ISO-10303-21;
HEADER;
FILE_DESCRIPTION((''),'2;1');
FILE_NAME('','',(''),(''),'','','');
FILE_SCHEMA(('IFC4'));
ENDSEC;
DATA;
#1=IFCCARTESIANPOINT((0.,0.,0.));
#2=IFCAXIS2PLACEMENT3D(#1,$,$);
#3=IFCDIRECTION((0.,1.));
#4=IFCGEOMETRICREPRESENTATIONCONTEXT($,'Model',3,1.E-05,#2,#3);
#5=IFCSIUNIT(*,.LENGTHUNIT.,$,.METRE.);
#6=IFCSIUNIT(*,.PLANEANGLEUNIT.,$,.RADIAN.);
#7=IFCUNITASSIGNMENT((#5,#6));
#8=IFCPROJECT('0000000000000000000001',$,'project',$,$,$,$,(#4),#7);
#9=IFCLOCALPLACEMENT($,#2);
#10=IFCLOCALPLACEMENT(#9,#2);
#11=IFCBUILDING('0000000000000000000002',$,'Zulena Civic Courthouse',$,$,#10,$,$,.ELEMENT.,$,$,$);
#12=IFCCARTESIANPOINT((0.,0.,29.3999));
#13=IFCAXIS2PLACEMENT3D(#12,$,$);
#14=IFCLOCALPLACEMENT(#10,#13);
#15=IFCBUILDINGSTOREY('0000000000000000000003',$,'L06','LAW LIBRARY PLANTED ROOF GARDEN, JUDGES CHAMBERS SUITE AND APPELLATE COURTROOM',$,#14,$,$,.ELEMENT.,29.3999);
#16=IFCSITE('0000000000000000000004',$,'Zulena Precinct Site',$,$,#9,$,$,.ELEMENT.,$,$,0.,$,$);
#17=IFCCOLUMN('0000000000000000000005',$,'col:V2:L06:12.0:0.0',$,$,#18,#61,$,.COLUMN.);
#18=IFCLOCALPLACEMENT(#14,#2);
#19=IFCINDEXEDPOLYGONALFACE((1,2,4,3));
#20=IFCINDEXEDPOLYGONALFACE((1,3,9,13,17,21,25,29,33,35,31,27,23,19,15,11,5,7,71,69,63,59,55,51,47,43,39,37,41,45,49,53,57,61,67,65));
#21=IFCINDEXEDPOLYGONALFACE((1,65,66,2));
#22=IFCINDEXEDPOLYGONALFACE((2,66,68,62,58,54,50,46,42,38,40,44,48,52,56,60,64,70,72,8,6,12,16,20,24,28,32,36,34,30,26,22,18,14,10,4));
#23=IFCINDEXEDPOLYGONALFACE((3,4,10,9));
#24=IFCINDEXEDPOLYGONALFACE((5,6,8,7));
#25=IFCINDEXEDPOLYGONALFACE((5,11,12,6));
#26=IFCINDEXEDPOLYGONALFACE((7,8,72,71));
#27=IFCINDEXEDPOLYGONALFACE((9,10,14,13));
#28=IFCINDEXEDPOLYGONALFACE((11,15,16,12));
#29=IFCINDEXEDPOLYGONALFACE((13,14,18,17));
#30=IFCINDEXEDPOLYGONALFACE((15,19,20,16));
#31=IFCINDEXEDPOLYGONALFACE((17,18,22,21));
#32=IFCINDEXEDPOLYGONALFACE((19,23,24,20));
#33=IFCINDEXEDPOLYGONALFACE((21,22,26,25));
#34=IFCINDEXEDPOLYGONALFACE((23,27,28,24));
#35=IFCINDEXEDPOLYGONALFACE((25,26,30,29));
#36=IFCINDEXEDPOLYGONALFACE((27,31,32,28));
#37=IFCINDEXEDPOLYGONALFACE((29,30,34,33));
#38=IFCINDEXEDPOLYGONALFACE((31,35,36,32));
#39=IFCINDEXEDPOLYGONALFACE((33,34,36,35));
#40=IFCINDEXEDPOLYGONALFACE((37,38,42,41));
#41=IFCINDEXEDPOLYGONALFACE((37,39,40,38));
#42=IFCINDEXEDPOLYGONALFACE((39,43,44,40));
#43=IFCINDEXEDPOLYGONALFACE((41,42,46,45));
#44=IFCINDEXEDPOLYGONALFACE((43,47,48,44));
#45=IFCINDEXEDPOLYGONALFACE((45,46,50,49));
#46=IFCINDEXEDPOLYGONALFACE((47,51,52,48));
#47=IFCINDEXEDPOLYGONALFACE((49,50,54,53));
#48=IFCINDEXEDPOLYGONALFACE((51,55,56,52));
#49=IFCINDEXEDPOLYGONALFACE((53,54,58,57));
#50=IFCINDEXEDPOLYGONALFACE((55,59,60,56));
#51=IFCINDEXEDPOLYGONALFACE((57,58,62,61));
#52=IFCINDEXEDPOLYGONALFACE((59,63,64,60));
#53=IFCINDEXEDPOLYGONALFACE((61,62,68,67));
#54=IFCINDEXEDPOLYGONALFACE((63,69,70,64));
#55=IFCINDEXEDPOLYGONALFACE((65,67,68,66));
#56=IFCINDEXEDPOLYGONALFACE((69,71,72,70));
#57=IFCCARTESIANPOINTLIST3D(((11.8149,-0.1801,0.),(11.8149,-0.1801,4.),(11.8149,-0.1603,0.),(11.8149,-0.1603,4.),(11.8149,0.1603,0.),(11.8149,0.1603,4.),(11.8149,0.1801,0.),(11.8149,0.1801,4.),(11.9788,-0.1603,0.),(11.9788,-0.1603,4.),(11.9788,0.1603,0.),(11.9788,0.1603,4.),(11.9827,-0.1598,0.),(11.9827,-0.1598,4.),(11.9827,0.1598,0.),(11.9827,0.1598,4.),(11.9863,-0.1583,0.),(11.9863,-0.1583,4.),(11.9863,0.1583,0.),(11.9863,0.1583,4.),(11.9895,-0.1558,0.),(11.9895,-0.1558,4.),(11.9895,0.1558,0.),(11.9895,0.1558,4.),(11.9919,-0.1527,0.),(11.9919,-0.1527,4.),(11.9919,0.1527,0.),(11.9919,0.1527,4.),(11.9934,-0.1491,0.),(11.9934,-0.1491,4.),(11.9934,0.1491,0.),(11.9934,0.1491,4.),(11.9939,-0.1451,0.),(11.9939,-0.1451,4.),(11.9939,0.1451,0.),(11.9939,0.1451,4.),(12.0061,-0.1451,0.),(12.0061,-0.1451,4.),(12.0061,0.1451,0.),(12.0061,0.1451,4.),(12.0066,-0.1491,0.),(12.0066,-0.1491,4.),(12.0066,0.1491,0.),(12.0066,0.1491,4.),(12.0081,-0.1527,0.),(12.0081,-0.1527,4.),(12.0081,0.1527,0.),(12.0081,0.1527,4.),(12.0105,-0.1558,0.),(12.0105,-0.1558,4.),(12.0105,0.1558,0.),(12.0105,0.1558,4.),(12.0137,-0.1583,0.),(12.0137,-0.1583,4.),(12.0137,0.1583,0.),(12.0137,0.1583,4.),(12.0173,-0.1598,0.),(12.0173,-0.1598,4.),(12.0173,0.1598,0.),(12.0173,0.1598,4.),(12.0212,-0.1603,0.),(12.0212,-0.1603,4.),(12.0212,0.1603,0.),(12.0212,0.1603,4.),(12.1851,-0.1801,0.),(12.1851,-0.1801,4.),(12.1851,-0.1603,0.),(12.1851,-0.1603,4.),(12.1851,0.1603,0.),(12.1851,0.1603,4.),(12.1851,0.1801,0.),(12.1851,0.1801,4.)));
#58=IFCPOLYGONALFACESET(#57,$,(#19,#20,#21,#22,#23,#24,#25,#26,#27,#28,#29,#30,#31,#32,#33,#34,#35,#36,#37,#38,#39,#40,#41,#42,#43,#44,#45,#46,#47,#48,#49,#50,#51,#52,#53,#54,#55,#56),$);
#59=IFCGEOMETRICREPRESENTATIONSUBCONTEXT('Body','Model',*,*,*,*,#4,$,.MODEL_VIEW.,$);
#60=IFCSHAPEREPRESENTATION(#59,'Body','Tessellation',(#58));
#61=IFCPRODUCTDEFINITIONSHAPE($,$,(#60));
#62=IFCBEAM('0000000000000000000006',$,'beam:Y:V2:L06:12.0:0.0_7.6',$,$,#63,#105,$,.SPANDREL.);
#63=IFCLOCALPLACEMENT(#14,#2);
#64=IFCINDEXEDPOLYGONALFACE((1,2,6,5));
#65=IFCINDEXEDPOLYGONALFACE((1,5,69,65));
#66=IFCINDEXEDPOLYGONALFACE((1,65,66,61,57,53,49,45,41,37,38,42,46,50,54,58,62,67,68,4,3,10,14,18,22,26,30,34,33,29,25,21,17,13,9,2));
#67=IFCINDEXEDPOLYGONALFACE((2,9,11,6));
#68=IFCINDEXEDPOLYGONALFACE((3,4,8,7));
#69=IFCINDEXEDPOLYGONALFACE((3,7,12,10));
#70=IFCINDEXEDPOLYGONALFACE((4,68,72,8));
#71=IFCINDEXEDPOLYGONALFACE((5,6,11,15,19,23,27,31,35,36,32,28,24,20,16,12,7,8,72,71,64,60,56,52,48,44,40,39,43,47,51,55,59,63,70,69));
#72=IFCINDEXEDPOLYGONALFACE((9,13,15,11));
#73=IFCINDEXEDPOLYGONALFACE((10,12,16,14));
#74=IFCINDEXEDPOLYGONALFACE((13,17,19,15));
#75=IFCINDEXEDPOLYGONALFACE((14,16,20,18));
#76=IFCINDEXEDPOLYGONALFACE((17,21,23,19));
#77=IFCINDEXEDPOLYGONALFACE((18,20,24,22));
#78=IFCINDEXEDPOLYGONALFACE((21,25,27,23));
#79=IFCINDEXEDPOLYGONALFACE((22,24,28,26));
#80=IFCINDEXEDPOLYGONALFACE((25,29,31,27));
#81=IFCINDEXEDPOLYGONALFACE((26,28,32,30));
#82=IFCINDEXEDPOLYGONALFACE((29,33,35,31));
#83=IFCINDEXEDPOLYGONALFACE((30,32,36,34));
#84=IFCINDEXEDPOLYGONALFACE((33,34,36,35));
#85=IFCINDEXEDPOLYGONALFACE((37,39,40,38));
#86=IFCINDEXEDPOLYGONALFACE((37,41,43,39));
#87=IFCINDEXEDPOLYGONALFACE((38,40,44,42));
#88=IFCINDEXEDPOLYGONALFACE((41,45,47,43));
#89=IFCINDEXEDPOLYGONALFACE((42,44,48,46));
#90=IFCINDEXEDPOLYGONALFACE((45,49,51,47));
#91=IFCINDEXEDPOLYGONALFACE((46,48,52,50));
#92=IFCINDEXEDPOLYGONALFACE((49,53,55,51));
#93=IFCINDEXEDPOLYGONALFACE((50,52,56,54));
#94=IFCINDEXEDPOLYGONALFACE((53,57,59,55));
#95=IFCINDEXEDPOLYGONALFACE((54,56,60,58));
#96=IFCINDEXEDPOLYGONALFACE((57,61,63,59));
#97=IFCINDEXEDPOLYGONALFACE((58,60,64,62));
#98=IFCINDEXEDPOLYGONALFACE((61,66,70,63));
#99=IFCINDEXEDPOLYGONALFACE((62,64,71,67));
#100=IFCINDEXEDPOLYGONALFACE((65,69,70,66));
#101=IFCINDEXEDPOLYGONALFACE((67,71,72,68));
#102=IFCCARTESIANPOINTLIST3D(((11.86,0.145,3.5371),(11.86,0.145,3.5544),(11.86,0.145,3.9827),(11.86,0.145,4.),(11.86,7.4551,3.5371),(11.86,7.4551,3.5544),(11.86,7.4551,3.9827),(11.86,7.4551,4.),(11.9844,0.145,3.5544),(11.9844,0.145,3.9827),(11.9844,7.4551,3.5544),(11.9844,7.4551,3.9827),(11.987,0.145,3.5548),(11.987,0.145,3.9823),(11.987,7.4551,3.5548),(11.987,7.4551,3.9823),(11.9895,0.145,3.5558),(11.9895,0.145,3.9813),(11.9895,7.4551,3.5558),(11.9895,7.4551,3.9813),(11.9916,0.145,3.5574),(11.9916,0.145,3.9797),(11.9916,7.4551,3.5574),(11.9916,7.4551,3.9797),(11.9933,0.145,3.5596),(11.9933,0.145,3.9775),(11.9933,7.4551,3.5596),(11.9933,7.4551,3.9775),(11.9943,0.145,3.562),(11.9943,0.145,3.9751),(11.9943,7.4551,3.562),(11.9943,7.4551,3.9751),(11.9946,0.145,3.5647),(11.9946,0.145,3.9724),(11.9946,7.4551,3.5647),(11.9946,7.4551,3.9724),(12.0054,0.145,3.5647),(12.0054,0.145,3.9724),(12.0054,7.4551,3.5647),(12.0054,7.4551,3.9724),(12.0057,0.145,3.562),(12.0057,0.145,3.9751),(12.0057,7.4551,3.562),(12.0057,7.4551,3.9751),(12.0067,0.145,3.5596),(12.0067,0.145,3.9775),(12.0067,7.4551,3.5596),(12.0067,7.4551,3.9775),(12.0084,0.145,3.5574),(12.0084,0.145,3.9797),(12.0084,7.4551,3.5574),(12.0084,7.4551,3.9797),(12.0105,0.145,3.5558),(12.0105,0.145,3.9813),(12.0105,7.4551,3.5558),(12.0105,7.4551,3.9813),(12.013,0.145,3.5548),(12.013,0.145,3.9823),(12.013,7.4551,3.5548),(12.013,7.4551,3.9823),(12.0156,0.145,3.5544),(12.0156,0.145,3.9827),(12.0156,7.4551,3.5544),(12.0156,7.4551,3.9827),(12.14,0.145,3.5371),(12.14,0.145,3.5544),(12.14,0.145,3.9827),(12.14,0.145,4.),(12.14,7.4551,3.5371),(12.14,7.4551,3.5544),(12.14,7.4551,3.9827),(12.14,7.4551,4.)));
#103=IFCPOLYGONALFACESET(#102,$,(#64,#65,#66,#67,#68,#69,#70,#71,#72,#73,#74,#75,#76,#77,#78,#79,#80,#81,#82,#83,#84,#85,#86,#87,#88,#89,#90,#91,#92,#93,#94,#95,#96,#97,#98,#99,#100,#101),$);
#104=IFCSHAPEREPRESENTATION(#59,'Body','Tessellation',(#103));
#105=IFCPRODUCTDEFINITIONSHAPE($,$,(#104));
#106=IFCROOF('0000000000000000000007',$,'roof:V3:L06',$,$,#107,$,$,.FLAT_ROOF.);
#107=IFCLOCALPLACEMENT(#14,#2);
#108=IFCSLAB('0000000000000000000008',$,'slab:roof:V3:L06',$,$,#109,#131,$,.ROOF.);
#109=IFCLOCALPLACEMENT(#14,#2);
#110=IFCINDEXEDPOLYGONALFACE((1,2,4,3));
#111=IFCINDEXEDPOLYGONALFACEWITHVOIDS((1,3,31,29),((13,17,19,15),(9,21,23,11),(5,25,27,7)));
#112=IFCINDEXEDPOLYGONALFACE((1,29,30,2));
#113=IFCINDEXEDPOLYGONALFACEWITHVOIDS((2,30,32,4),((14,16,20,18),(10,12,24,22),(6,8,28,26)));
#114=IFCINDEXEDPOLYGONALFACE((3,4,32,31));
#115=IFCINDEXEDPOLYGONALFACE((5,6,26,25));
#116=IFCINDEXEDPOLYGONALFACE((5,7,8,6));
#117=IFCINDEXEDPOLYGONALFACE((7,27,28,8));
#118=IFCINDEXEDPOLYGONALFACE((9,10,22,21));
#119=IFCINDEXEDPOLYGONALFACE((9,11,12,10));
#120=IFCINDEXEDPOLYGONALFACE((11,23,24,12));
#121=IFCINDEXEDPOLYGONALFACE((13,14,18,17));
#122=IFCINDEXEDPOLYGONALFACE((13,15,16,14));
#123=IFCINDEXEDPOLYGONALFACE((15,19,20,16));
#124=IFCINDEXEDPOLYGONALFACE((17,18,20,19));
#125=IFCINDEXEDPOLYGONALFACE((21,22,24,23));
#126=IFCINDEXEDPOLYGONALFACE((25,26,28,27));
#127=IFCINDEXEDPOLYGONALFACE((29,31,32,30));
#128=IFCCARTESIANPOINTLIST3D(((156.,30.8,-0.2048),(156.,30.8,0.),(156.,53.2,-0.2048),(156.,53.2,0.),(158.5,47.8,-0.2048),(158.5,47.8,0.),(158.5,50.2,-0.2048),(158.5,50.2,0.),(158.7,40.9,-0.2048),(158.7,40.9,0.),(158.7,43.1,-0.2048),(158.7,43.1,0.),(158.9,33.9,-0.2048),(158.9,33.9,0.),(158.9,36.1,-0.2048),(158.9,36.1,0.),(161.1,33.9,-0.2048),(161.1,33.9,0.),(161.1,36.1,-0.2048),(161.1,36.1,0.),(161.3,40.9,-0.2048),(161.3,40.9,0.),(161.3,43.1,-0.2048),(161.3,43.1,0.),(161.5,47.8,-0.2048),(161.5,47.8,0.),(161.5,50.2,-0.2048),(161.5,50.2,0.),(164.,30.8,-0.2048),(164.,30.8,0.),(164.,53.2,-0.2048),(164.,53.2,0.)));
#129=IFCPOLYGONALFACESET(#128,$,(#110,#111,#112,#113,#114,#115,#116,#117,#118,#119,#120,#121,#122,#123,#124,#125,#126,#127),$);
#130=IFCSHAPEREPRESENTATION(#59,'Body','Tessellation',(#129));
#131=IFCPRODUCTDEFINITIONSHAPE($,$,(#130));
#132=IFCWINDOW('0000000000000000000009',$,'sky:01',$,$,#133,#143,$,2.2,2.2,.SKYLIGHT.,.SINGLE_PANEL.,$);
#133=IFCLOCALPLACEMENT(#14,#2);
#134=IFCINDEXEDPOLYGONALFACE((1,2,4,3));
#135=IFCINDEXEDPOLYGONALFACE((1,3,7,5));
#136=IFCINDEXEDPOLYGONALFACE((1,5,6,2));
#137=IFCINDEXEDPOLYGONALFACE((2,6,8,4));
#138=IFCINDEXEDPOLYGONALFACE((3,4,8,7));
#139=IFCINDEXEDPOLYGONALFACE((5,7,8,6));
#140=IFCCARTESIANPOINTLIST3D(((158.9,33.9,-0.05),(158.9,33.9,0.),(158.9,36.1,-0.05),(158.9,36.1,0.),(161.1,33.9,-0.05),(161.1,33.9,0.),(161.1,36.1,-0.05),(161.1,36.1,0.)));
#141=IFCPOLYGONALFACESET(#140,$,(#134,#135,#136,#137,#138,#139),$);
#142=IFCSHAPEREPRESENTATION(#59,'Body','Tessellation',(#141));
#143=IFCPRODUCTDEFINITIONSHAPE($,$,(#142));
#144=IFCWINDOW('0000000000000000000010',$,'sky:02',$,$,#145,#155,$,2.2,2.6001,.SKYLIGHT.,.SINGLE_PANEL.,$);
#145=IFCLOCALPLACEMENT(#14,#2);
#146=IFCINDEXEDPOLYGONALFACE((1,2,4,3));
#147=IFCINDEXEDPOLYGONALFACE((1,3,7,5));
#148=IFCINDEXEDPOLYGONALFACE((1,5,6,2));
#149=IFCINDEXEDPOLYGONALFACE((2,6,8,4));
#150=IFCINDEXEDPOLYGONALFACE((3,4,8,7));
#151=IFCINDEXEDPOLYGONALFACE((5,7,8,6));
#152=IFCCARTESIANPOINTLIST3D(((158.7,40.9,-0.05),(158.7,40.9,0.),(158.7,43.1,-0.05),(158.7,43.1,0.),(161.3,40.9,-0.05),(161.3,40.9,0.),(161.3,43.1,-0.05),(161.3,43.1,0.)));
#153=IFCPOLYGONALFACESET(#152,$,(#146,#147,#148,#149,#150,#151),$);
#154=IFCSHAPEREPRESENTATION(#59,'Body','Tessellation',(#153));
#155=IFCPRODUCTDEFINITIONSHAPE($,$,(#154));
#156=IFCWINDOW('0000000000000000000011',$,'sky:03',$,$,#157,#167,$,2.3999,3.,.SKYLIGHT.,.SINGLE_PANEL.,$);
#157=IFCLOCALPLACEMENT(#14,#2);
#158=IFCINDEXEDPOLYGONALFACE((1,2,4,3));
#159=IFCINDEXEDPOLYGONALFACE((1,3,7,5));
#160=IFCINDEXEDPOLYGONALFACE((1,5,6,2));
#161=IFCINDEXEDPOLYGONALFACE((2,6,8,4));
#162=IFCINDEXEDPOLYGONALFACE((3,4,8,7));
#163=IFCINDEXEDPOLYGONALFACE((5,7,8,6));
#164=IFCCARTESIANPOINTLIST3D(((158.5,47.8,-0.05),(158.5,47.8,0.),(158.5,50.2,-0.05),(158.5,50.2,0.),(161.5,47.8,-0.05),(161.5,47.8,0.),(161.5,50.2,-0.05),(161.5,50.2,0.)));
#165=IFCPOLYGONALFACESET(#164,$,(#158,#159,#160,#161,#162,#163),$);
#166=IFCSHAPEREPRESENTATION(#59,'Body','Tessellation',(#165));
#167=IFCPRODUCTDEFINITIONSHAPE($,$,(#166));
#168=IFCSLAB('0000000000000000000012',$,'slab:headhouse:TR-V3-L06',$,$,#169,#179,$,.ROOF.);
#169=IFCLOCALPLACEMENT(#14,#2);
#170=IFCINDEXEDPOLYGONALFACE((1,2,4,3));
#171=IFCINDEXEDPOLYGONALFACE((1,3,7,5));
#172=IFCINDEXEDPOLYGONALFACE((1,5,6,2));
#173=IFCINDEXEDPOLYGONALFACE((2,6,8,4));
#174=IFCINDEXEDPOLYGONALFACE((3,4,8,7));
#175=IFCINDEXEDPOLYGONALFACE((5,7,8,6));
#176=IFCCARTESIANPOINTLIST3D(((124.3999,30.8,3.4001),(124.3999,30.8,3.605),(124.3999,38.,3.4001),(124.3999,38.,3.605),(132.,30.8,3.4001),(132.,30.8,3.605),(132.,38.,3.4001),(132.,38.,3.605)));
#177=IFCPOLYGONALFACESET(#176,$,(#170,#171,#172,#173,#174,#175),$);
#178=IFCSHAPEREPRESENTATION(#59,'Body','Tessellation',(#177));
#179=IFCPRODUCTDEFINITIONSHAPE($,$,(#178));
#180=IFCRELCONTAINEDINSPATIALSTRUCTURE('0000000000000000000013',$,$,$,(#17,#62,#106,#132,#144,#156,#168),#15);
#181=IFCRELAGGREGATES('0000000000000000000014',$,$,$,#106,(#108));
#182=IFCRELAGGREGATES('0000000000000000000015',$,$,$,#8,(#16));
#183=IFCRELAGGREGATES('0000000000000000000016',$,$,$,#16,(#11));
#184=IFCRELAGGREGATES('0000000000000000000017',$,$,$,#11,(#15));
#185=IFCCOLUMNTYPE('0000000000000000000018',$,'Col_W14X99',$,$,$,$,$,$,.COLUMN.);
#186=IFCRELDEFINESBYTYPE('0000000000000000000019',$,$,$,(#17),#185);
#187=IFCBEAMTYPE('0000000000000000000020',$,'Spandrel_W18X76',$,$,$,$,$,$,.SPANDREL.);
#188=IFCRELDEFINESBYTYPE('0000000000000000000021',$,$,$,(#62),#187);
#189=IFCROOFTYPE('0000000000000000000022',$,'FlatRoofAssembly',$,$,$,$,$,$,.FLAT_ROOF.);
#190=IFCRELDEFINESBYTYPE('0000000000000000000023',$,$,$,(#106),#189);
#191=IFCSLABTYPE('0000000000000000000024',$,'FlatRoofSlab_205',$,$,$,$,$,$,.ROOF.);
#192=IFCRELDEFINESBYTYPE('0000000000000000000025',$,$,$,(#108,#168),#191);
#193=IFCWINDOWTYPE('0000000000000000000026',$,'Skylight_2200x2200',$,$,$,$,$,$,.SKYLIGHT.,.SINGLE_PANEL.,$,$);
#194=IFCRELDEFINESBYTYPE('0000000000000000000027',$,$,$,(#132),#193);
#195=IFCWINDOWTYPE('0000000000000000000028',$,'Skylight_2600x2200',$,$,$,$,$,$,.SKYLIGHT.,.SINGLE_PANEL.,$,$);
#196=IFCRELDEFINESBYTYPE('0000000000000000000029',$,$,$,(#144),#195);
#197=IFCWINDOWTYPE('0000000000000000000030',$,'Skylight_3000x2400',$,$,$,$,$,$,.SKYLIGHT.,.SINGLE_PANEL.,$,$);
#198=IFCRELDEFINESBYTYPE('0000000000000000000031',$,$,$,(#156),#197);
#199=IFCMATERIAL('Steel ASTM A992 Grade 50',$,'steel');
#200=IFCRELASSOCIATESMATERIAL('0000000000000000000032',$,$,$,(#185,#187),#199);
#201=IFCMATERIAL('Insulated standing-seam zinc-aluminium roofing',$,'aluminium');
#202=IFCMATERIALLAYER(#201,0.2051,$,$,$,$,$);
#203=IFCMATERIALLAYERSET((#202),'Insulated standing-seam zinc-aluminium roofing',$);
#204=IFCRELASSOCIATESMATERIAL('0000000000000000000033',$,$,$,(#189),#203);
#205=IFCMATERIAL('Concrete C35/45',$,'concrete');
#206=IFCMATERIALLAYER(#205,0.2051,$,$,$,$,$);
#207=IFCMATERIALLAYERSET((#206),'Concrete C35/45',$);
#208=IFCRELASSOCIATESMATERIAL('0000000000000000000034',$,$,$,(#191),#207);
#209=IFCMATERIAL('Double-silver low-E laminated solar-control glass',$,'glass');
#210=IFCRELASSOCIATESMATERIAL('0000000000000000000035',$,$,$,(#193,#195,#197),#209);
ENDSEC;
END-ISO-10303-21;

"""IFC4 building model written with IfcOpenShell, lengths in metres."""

from ifc_helpers import new_model, si_unit, direction, frame, origin, origin_2d, place, context, subcontext, project, spatial, polyline, rectangle, i_section, outline, extrude, material, layer, layer_set, material_profile, profile_set, type_object, element, fill, aggregate, save


model = new_model("IFC4")

# Units and contexts
model_context = context("Model", 3, precision=1e-05, world=origin(), true_north=direction((0.0, 1.0)))
body_context = subcontext(model_context, "Body", "Model", "MODEL_VIEW")
ifc_project = project(units=[si_unit("LENGTHUNIT", "METRE"), si_unit("PLANEANGLEUNIT", "RADIAN")], contexts=[model_context])

# Site, building, storey
site_placement = place(None, origin())
site = spatial("IfcSite", under=ifc_project, at=site_placement, Name="Zulena Precinct Site", CompositionType="ELEMENT", RefElevation=0.0)
building_placement = place(site_placement, origin())
building = spatial("IfcBuilding", under=site, at=building_placement, Name="Zulena Civic Courthouse", CompositionType="ELEMENT")
storey_placement = place(building_placement, frame((0.0, 0.0, 29.3999)))
storey = spatial("IfcBuildingStorey", under=building, at=storey_placement, Name="L06", Description="LAW LIBRARY PLANTED ROOF GARDEN, JUDGES CHAMBERS SUITE AND APPELLATE COURTROOM", CompositionType="ELEMENT", Elevation=29.3999)

# Column
ifc_material_1 = material(Name="Steel ASTM A992 Grade 50", Category="steel")
ifc_material_profile_1 = material_profile(ifc_material_1, i_section(OverallWidth=0.3701, OverallDepth=0.3601, WebThickness=0.0122, FlangeThickness=0.0198, FilletRadius=0.0151, at=origin_2d()), Name="W14X99")
ifc_profile_set_1 = profile_set([ifc_material_profile_1], Name="Steel ASTM A992 Grade 50")
column_type = type_object("IfcColumnType", Name="Col_W14X99", PredefinedType="COLUMN", material=ifc_profile_set_1)
column_placement = place(storey_placement, frame((12.0, 0.0, 0.0), z_axis=(0.0, 0.0, 1.0), x_axis=(1.0, 0.0, 0.0)))
element("IfcColumn", 1, at=column_placement, inside=storey, type_object=column_type, Name="col:V2:L06:12.0:0.0", PredefinedType="COLUMN", context=body_context, shape_type="SweptSolid", body=[
    extrude(i_section(OverallWidth=0.3701, OverallDepth=0.3601, WebThickness=0.0122, FlangeThickness=0.0198, FilletRadius=0.0151, at=origin_2d()), origin(), (0.0, 0.0, 1.0), 4.0),
])

# Beam
ifc_material_profile_2 = material_profile(ifc_material_1, i_section(OverallWidth=0.28, OverallDepth=0.4629, WebThickness=0.0107, FlangeThickness=0.0173, FilletRadius=0.0103, at=origin_2d()), Name="W18X76")
ifc_profile_set_2 = profile_set([ifc_material_profile_2], Name="Steel ASTM A992 Grade 50")
beam_type = type_object("IfcBeamType", Name="Spandrel_W18X76", PredefinedType="SPANDREL", material=ifc_profile_set_2)
beam_placement = place(storey_placement, frame((12.0, 0.145, 3.7686), z_axis=(0.0, 1.0, 0.0), x_axis=(-1.0, 0.0, 0.0)))
element("IfcBeam", 2, at=beam_placement, inside=storey, type_object=beam_type, Name="beam:Y:V2:L06:12.0:0.0_7.6", PredefinedType="SPANDREL", context=body_context, shape_type="SweptSolid", body=[
    extrude(i_section(OverallWidth=0.28, OverallDepth=0.4629, WebThickness=0.0107, FlangeThickness=0.0173, FilletRadius=0.0103, at=origin_2d()), origin(), (0.0, 0.0, 1.0), 7.3101),
])

# Roof, slab, openings, windows
ifc_material_2 = material(Name="Insulated standing-seam zinc-aluminium roofing", Category="aluminium")
ifc_layer_1 = layer(ifc_material_2, 0.2051)
ifc_layer_set_1 = layer_set([ifc_layer_1], Name="Insulated standing-seam zinc-aluminium roofing")
roof_type = type_object("IfcRoofType", Name="FlatRoofAssembly", PredefinedType="FLAT_ROOF", material=ifc_layer_set_1)
roof_placement = place(storey_placement, origin())
roof = element("IfcRoof", 3, at=roof_placement, inside=storey, type_object=roof_type, Name="roof:V3:L06", PredefinedType="FLAT_ROOF")
ifc_material_3 = material(Name="Concrete C35/45", Category="concrete")
ifc_layer_2 = layer(ifc_material_3, 0.2051)
ifc_layer_set_2 = layer_set([ifc_layer_2], Name="Concrete C35/45")
slab_type_1 = type_object("IfcSlabType", Name="FlatRoofSlab_205", PredefinedType="ROOF", material=ifc_layer_set_2)
slab_1_placement = place(storey_placement, frame((0.0, 0.0, -0.2048)))
slab_1 = element("IfcSlab", 4, at=slab_1_placement, type_object=slab_type_1, Name="slab:roof:V3:L06", PredefinedType="ROOF", context=body_context, shape_type="SweptSolid", body=[
    extrude(outline(polyline([(156.0, 30.8), (164.0, 30.8), (164.0, 53.2), (156.0, 53.2), (156.0, 30.8)])), origin(), (0.0, 0.0, 1.0), 0.2048),
])
opening_1_placement = place(slab_1_placement, frame((160.0, 35.0, 0.0)))
opening_1 = element("IfcOpeningElement", 5, at=opening_1_placement, cuts=slab_1, PredefinedType="OPENING", context=body_context, shape_type="SweptSolid", body=[
    extrude(rectangle(XDim=2.2, YDim=2.2, at=origin_2d()), origin(), (0.0, 0.0, 1.0), 0.2048),
])
opening_2_placement = place(slab_1_placement, frame((160.0, 42.0, 0.0)))
opening_2 = element("IfcOpeningElement", 6, at=opening_2_placement, cuts=slab_1, PredefinedType="OPENING", context=body_context, shape_type="SweptSolid", body=[
    extrude(rectangle(XDim=2.6001, YDim=2.2, at=origin_2d()), origin(), (0.0, 0.0, 1.0), 0.2048),
])
opening_3_placement = place(slab_1_placement, frame((160.0, 49.0, 0.0)))
opening_3 = element("IfcOpeningElement", 7, at=opening_3_placement, cuts=slab_1, PredefinedType="OPENING", context=body_context, shape_type="SweptSolid", body=[
    extrude(rectangle(XDim=3.0, YDim=2.3999, at=origin_2d()), origin(), (0.0, 0.0, 1.0), 0.2048),
])
ifc_material_4 = material(Name="Double-silver low-E laminated solar-control glass", Category="glass")
window_type_1 = type_object("IfcWindowType", Name="Skylight_2200x2200", PartitioningType="SINGLE_PANEL", PredefinedType="SKYLIGHT", material=ifc_material_4)
window_1_placement = place(opening_1_placement, frame((0.0, 0.0, 0.1548)))
window_1 = element("IfcWindow", 8, at=window_1_placement, inside=storey, type_object=window_type_1, Name="sky:01", OverallHeight=2.2, OverallWidth=2.2, PartitioningType="SINGLE_PANEL", PredefinedType="SKYLIGHT", context=body_context, shape_type="SweptSolid", body=[
    extrude(rectangle(XDim=2.2, YDim=2.2, at=origin_2d()), origin(), (0.0, 0.0, 1.0), 0.05),
])
fill(opening_1, window_1)
window_type_2 = type_object("IfcWindowType", Name="Skylight_2600x2200", PartitioningType="SINGLE_PANEL", PredefinedType="SKYLIGHT", material=ifc_material_4)
window_2_placement = place(opening_2_placement, frame((0.0, 0.0, 0.1548)))
window_2 = element("IfcWindow", 9, at=window_2_placement, inside=storey, type_object=window_type_2, Name="sky:02", OverallHeight=2.2, OverallWidth=2.6001, PartitioningType="SINGLE_PANEL", PredefinedType="SKYLIGHT", context=body_context, shape_type="SweptSolid", body=[
    extrude(rectangle(XDim=2.6001, YDim=2.2, at=origin_2d()), origin(), (0.0, 0.0, 1.0), 0.05),
])
fill(opening_2, window_2)
window_type_3 = type_object("IfcWindowType", Name="Skylight_3000x2400", PartitioningType="SINGLE_PANEL", PredefinedType="SKYLIGHT", material=ifc_material_4)
window_3_placement = place(opening_3_placement, frame((0.0, 0.0, 0.1548)))
window_3 = element("IfcWindow", 10, at=window_3_placement, inside=storey, type_object=window_type_3, Name="sky:03", OverallHeight=2.3999, OverallWidth=3.0, PartitioningType="SINGLE_PANEL", PredefinedType="SKYLIGHT", context=body_context, shape_type="SweptSolid", body=[
    extrude(rectangle(XDim=3.0, YDim=2.3999, at=origin_2d()), origin(), (0.0, 0.0, 1.0), 0.05),
])
fill(opening_3, window_3)
aggregate(roof, [slab_1])

# Slab
slab_2_placement = place(storey_placement, frame((0.0, 0.0, 3.4001)))
element("IfcSlab", 11, at=slab_2_placement, inside=storey, type_object=slab_type_1, Name="slab:headhouse:TR-V3-L06", PredefinedType="ROOF", context=body_context, shape_type="SweptSolid", body=[
    extrude(outline(polyline([(124.3999, 30.8), (132.0, 30.8), (132.0, 38.0), (124.3999, 38.0), (124.3999, 30.8)])), origin(), (0.0, 0.0, 1.0), 0.2048),
])

save(model, "model.ifc")
